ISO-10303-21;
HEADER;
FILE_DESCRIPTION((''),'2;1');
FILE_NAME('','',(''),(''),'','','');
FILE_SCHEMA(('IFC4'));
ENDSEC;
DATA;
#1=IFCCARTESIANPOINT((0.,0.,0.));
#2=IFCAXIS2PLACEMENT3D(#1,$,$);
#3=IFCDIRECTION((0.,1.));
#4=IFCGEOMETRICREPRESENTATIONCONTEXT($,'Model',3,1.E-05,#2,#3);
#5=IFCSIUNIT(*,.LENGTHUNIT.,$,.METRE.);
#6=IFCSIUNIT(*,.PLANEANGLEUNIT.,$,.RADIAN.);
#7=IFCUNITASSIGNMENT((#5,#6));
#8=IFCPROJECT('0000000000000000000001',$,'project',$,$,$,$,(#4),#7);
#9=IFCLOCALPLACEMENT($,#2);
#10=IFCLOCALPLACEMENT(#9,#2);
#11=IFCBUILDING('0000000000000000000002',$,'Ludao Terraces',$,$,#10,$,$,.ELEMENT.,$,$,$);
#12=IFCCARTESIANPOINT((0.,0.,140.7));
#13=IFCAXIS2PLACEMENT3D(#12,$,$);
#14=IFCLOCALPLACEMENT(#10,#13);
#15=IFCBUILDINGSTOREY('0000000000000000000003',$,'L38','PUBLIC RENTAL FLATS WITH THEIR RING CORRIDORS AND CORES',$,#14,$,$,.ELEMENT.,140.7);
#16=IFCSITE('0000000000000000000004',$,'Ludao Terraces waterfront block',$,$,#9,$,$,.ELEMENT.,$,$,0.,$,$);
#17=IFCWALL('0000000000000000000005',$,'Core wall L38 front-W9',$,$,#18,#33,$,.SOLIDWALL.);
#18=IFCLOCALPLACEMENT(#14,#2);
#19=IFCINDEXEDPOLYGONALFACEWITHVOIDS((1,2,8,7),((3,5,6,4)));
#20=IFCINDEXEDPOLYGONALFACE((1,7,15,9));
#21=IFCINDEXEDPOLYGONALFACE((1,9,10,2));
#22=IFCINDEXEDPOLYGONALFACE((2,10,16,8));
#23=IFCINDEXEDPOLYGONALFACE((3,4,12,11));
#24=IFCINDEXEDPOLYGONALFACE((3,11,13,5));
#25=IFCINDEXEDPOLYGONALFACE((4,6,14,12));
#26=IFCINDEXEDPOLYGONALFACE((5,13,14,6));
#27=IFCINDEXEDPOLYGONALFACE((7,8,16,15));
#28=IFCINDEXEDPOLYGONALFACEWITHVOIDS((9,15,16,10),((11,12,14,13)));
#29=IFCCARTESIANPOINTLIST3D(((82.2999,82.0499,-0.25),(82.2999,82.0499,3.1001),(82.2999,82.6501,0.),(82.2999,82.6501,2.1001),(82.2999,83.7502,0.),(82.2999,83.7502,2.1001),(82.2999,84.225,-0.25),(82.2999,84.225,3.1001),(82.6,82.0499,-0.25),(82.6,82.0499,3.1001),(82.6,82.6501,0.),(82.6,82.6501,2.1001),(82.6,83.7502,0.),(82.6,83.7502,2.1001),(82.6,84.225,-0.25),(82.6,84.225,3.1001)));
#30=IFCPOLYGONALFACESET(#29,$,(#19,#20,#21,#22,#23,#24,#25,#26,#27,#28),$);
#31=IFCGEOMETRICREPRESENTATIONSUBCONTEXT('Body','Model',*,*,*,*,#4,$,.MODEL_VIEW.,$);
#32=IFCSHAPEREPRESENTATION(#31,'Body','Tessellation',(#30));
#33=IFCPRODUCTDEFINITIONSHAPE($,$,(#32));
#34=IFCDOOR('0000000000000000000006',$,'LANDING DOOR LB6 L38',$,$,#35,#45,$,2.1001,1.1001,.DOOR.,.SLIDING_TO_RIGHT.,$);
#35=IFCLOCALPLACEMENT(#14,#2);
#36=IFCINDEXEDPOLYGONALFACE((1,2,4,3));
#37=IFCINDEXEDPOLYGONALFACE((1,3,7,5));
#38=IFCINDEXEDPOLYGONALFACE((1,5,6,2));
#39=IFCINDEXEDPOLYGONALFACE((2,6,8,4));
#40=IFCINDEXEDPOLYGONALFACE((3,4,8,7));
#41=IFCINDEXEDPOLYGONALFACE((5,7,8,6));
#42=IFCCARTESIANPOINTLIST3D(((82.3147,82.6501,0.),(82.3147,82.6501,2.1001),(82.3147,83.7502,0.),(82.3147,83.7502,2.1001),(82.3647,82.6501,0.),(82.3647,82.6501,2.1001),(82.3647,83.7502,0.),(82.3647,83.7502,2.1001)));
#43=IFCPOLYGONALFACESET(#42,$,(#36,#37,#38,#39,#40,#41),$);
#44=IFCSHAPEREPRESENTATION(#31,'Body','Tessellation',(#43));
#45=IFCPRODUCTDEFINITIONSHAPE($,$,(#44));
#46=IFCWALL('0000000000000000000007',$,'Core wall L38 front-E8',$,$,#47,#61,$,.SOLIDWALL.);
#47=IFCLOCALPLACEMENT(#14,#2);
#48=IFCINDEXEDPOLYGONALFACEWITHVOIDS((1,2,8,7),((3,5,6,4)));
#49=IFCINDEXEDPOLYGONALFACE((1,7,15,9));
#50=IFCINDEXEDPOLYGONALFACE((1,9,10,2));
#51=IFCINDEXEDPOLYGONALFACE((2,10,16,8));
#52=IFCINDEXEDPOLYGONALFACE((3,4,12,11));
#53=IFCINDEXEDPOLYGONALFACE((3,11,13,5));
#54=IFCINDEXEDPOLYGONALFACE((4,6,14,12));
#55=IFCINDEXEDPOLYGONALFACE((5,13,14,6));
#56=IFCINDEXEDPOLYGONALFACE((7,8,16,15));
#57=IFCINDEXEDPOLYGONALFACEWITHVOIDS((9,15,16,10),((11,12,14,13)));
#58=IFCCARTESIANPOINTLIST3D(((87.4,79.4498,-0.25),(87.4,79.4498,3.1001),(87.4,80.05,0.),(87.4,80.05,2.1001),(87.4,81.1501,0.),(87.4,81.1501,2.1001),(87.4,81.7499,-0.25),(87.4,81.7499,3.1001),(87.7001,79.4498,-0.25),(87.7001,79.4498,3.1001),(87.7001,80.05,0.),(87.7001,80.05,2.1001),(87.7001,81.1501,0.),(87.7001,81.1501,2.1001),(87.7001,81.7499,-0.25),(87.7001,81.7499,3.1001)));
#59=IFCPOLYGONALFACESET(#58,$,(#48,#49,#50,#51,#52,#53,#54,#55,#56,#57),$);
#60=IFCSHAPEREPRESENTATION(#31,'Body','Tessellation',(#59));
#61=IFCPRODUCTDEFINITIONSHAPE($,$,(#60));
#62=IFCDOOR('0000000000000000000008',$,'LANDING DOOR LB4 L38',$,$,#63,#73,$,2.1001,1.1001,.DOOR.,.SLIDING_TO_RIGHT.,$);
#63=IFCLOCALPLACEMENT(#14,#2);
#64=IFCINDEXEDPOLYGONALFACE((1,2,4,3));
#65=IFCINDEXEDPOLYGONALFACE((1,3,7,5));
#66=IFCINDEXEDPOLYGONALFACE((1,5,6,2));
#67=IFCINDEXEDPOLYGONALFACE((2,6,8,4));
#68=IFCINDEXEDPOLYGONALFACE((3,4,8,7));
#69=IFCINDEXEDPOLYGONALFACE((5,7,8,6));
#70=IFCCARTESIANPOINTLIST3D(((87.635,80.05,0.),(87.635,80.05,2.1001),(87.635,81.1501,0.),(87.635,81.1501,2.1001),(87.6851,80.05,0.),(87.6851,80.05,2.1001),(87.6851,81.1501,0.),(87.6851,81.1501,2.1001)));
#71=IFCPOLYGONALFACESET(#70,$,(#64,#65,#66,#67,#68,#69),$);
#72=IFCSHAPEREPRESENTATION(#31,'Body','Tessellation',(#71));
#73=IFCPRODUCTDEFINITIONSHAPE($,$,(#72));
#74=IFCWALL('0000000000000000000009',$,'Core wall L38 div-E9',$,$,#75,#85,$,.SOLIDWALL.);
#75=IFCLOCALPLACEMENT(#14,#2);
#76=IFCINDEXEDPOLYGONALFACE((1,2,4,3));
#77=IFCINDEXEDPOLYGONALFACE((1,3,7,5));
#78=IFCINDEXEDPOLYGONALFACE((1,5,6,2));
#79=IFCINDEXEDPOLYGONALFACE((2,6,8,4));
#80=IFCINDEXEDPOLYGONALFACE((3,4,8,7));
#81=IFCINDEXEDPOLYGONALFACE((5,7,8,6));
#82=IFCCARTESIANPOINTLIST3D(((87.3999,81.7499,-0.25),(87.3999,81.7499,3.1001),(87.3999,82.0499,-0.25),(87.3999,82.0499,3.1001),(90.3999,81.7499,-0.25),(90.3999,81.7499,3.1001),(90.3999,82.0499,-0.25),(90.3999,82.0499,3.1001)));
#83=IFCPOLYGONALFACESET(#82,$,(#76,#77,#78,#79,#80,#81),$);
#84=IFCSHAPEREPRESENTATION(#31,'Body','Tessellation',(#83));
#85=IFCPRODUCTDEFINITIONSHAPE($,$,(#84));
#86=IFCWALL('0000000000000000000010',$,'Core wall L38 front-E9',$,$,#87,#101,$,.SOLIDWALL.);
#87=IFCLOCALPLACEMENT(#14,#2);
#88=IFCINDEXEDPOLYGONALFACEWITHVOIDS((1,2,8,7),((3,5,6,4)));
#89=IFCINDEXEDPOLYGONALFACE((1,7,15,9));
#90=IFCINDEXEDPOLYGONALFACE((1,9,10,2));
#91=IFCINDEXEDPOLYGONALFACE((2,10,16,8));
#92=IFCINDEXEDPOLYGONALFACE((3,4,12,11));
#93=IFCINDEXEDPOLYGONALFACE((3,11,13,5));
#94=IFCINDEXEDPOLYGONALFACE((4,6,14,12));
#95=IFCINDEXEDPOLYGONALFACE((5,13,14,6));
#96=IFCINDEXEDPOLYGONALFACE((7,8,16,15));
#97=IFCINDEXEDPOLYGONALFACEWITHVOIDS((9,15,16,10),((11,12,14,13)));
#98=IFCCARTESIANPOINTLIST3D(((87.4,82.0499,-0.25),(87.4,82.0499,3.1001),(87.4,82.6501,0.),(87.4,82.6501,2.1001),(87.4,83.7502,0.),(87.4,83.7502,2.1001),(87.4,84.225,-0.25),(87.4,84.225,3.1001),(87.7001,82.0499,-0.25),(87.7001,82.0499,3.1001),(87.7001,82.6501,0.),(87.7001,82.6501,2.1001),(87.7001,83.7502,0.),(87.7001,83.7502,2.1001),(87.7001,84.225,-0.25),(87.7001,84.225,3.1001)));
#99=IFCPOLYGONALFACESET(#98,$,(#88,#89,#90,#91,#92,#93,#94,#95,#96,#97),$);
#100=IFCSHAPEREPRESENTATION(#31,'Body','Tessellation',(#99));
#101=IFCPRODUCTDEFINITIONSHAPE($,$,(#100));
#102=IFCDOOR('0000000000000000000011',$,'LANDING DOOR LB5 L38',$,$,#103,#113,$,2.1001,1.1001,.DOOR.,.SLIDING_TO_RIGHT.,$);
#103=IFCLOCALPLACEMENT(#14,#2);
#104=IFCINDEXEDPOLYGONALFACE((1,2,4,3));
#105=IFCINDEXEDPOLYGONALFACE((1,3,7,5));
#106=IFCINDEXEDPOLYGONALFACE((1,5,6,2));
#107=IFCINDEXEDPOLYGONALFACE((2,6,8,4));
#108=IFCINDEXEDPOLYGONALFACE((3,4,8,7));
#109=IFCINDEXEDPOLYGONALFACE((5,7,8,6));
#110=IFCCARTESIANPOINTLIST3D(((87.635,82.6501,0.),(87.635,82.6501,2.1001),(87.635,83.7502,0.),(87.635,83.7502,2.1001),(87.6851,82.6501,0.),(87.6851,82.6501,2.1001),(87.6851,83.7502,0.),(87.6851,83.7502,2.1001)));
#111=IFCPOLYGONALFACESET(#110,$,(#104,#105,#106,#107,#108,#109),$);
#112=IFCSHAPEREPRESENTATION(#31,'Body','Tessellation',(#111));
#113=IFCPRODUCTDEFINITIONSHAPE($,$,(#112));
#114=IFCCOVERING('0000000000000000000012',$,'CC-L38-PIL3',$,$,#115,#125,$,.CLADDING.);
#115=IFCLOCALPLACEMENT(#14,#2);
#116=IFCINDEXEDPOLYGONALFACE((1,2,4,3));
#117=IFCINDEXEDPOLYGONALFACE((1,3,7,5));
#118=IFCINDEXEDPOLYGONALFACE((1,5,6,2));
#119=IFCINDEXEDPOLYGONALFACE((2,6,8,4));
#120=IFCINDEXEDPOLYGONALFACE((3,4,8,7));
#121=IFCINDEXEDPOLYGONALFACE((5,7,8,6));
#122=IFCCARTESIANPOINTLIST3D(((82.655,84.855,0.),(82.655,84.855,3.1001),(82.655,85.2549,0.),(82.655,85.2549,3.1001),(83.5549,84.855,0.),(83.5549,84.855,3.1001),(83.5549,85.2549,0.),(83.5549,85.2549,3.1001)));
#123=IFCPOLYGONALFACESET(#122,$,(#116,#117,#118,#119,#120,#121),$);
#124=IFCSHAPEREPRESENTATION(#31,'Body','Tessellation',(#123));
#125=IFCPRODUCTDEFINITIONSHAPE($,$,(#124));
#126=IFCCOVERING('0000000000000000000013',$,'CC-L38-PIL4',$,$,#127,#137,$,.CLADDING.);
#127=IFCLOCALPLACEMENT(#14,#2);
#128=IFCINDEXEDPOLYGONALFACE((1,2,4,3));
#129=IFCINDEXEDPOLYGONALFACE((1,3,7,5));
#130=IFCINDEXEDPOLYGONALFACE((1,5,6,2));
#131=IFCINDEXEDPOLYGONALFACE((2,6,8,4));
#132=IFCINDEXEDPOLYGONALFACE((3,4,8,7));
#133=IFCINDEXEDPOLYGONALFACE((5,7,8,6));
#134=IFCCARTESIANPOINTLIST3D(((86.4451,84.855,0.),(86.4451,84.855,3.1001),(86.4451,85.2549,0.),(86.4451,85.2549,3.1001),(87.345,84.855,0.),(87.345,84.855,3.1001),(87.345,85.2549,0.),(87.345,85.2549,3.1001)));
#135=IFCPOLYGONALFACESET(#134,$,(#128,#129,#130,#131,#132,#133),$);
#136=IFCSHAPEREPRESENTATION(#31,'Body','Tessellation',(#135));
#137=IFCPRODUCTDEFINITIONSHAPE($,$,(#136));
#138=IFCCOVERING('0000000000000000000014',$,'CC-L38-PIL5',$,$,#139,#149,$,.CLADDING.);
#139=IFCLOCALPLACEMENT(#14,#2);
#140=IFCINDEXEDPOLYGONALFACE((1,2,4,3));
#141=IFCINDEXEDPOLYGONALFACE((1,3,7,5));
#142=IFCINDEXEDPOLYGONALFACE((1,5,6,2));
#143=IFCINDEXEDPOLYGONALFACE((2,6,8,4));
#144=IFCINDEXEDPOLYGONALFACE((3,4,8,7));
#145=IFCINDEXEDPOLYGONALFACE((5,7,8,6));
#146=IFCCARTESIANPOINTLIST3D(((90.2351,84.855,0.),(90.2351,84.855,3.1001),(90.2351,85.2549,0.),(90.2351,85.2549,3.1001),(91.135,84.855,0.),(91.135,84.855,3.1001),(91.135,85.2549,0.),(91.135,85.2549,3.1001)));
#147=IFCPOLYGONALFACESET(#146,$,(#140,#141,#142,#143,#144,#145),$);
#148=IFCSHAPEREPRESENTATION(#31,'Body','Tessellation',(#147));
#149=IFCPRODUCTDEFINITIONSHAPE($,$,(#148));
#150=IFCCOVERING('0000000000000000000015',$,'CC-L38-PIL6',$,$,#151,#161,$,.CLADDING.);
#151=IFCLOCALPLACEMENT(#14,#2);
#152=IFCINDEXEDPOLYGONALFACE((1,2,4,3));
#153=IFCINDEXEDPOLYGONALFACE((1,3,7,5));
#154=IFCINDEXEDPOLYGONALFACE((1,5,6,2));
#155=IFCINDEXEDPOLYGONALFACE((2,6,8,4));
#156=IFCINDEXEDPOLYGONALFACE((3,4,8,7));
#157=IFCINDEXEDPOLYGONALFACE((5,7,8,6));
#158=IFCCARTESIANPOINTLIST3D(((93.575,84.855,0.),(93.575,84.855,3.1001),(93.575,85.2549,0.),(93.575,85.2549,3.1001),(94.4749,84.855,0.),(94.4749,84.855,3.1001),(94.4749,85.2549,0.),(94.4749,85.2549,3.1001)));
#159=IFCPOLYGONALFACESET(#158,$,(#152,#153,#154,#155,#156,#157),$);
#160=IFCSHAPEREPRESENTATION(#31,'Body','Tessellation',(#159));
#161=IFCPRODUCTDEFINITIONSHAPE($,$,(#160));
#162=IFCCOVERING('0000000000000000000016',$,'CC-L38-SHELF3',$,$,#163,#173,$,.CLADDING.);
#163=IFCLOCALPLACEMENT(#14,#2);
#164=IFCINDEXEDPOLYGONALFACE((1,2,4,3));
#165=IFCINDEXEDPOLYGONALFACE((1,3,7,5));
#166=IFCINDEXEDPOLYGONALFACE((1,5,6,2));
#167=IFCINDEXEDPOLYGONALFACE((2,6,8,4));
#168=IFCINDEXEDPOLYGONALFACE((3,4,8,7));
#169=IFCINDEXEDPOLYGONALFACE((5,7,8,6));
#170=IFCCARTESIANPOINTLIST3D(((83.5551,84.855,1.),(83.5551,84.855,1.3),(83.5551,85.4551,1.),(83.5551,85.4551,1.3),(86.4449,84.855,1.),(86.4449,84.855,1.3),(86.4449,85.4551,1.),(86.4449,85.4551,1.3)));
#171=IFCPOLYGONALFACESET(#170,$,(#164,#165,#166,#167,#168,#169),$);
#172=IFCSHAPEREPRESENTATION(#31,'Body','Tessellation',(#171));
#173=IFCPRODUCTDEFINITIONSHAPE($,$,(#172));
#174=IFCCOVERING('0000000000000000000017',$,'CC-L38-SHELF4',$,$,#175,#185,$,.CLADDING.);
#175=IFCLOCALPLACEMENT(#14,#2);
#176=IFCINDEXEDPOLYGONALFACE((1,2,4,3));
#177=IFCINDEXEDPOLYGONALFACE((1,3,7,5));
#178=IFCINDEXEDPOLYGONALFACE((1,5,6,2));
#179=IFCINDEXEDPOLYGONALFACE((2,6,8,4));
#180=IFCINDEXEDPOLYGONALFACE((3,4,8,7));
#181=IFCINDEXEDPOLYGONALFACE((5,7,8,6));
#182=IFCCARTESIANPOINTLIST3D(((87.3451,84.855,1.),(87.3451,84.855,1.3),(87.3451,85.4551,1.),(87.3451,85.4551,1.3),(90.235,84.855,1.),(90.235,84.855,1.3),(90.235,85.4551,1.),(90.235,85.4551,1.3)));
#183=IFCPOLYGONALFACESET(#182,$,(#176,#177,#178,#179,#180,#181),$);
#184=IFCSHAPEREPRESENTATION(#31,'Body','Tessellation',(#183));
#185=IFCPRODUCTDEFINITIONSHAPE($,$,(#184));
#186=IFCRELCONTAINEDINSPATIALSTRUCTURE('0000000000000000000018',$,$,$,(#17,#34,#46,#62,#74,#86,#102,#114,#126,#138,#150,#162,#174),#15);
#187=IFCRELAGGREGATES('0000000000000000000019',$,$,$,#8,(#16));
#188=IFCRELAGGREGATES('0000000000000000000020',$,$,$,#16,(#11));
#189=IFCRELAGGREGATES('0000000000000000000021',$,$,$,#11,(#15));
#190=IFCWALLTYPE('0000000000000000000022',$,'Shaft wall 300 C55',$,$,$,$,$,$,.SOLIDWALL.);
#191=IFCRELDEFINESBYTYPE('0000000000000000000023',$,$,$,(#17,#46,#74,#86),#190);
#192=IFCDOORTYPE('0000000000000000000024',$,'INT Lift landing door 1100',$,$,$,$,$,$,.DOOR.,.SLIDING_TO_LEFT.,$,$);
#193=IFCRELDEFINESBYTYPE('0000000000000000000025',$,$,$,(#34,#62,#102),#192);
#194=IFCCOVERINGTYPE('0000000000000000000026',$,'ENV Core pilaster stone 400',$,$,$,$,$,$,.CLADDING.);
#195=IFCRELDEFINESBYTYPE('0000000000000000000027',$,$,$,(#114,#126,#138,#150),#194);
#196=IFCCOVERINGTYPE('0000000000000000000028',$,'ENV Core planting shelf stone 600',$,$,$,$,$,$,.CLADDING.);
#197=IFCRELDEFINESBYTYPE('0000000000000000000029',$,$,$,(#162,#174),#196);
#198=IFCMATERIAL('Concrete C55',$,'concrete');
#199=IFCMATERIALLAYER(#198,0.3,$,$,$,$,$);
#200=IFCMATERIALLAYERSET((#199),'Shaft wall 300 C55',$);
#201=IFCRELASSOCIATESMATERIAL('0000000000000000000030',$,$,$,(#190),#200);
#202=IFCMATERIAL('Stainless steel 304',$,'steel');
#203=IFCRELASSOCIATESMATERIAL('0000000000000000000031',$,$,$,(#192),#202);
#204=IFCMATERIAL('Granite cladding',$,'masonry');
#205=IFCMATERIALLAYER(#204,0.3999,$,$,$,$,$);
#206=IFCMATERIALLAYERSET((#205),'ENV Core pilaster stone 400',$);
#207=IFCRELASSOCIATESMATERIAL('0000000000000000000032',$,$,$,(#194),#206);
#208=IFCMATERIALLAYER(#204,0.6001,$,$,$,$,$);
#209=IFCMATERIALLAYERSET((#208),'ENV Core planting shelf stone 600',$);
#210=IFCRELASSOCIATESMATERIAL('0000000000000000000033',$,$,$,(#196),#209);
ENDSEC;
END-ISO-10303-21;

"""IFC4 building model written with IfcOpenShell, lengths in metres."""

from ifc_helpers import new_model, si_unit, direction, frame, frame_2d, origin, origin_2d, place, context, subcontext, project, spatial, rectangle, extrude, material, layer, layer_set, type_object, element, fill, save


model = new_model("IFC4")

# Units and contexts
model_context = context("Model", 3, precision=1e-05, world=origin(), true_north=direction((0.0, 1.0)))
body_context = subcontext(model_context, "Body", "Model", "MODEL_VIEW")
ifc_project = project(units=[si_unit("LENGTHUNIT", "METRE"), si_unit("PLANEANGLEUNIT", "RADIAN")], contexts=[model_context])

# Site, building, storey
site_placement = place(None, origin())
site = spatial("IfcSite", under=ifc_project, at=site_placement, Name="Ludao Terraces waterfront block", CompositionType="ELEMENT", RefElevation=0.0)
building_placement = place(site_placement, origin())
building = spatial("IfcBuilding", under=site, at=building_placement, Name="Ludao Terraces", CompositionType="ELEMENT")
storey_placement = place(building_placement, frame((0.0, 0.0, 140.7)))
storey = spatial("IfcBuildingStorey", under=building, at=storey_placement, Name="L38", Description="PUBLIC RENTAL FLATS WITH THEIR RING CORRIDORS AND CORES", CompositionType="ELEMENT", Elevation=140.7)

# Walls, openings, doors
ifc_material_1 = material(Name="Concrete C55", Category="concrete")
ifc_layer_1 = layer(ifc_material_1, 0.3)
ifc_layer_set_1 = layer_set([ifc_layer_1], Name="Shaft wall 300 C55")
wall_type = type_object("IfcWallType", Name="Shaft wall 300 C55", PredefinedType="SOLIDWALL", material=ifc_layer_set_1)
wall_1_placement = place(storey_placement, frame((82.45, 82.05, -0.25), z_axis=(0.0, 0.0, 1.0), x_axis=(0.0, 1.0, 0.0)))
wall_1 = element("IfcWall", 1, at=wall_1_placement, inside=storey, type_object=wall_type, Name="Core wall L38 front-W9", PredefinedType="SOLIDWALL", context=body_context, shape_type="SweptSolid", body=[
    extrude(rectangle(XDim=2.175, YDim=0.3, at=frame_2d((1.0874, 0.0))), origin(), (0.0, 0.0, 1.0), 3.3501),
])
opening_1_placement = place(wall_1_placement, frame((0.6001, 0.0, 0.25)))
opening_1 = element("IfcOpeningElement", 2, at=opening_1_placement, cuts=wall_1, PredefinedType="OPENING", context=body_context, shape_type="SweptSolid", body=[
    extrude(rectangle(XDim=1.1001, YDim=2.1001, at=frame_2d((0.55, 1.05))), frame((0.0, 0.1602, 0.0), z_axis=(0.0, -1.0, 0.0), x_axis=(1.0, 0.0, 0.0)), (0.0, 0.0, 1.0), 0.3201),
])
ifc_material_2 = material(Name="Stainless steel 304", Category="steel")
door_type = type_object("IfcDoorType", Name="INT Lift landing door 1100", OperationType="SLIDING_TO_LEFT", PredefinedType="DOOR", material=ifc_material_2)
door_1_placement = place(opening_1_placement, origin())
door_1 = element("IfcDoor", 3, at=door_1_placement, inside=storey, type_object=door_type, Name="LANDING DOOR LB6 L38", OperationType="SLIDING_TO_RIGHT", OverallHeight=2.1001, OverallWidth=1.1001, PredefinedType="DOOR", context=body_context, shape_type="SweptSolid", body=[
    extrude(rectangle(XDim=1.1001, YDim=2.1001, at=frame_2d((0.55, 1.05))), frame((0.0, 0.1353, 0.0), z_axis=(0.0, -1.0, 0.0), x_axis=(1.0, 0.0, 0.0)), (0.0, 0.0, 1.0), 0.05),
])
fill(opening_1, door_1)
wall_2_placement = place(storey_placement, frame((87.55, 79.45, -0.25), z_axis=(0.0, 0.0, 1.0), x_axis=(0.0, 1.0, 0.0)))
wall_2 = element("IfcWall", 4, at=wall_2_placement, inside=storey, type_object=wall_type, Name="Core wall L38 front-E8", PredefinedType="SOLIDWALL", context=body_context, shape_type="SweptSolid", body=[
    extrude(rectangle(XDim=2.3, YDim=0.3, at=frame_2d((1.1499, 0.0))), origin(), (0.0, 0.0, 1.0), 3.3501),
])
opening_2_placement = place(wall_2_placement, frame((0.6001, 0.0, 0.25)))
opening_2 = element("IfcOpeningElement", 5, at=opening_2_placement, cuts=wall_2, PredefinedType="OPENING", context=body_context, shape_type="SweptSolid", body=[
    extrude(rectangle(XDim=1.1001, YDim=2.1001, at=frame_2d((0.55, 1.05))), frame((0.0, 0.1602, 0.0), z_axis=(0.0, -1.0, 0.0), x_axis=(1.0, 0.0, 0.0)), (0.0, 0.0, 1.0), 0.3201),
])
door_2_placement = place(opening_2_placement, origin())
door_2 = element("IfcDoor", 6, at=door_2_placement, inside=storey, type_object=door_type, Name="LANDING DOOR LB4 L38", OperationType="SLIDING_TO_RIGHT", OverallHeight=2.1001, OverallWidth=1.1001, PredefinedType="DOOR", context=body_context, shape_type="SweptSolid", body=[
    extrude(rectangle(XDim=1.1001, YDim=2.1001, at=frame_2d((0.55, 1.05))), frame((0.0, -0.085, 0.0), z_axis=(0.0, -1.0, 0.0), x_axis=(1.0, 0.0, 0.0)), (0.0, 0.0, 1.0), 0.05),
])
fill(opening_2, door_2)

# Wall
wall_3_placement = place(storey_placement, frame((87.3999, 81.8999, -0.25), z_axis=(0.0, 0.0, 1.0), x_axis=(1.0, 0.0, 0.0)))
element("IfcWall", 7, at=wall_3_placement, inside=storey, type_object=wall_type, Name="Core wall L38 div-E9", PredefinedType="SOLIDWALL", context=body_context, shape_type="SweptSolid", body=[
    extrude(rectangle(XDim=3.0, YDim=0.3, at=frame_2d((1.5, 0.0))), origin(), (0.0, 0.0, 1.0), 3.3501),
])

# Wall, opening, door
wall_4_placement = place(storey_placement, frame((87.55, 82.05, -0.25), z_axis=(0.0, 0.0, 1.0), x_axis=(0.0, 1.0, 0.0)))
wall_4 = element("IfcWall", 8, at=wall_4_placement, inside=storey, type_object=wall_type, Name="Core wall L38 front-E9", PredefinedType="SOLIDWALL", context=body_context, shape_type="SweptSolid", body=[
    extrude(rectangle(XDim=2.175, YDim=0.3, at=frame_2d((1.0874, 0.0))), origin(), (0.0, 0.0, 1.0), 3.3501),
])
opening_3_placement = place(wall_4_placement, frame((0.6001, 0.0, 0.25)))
opening_3 = element("IfcOpeningElement", 9, at=opening_3_placement, cuts=wall_4, PredefinedType="OPENING", context=body_context, shape_type="SweptSolid", body=[
    extrude(rectangle(XDim=1.1001, YDim=2.1001, at=frame_2d((0.55, 1.05))), frame((0.0, 0.1602, 0.0), z_axis=(0.0, -1.0, 0.0), x_axis=(1.0, 0.0, 0.0)), (0.0, 0.0, 1.0), 0.3201),
])
door_3_placement = place(opening_3_placement, origin())
door_3 = element("IfcDoor", 10, at=door_3_placement, inside=storey, type_object=door_type, Name="LANDING DOOR LB5 L38", OperationType="SLIDING_TO_RIGHT", OverallHeight=2.1001, OverallWidth=1.1001, PredefinedType="DOOR", context=body_context, shape_type="SweptSolid", body=[
    extrude(rectangle(XDim=1.1001, YDim=2.1001, at=frame_2d((0.55, 1.05))), frame((0.0, -0.085, 0.0), z_axis=(0.0, -1.0, 0.0), x_axis=(1.0, 0.0, 0.0)), (0.0, 0.0, 1.0), 0.05),
])
fill(opening_3, door_3)

# Coverings
ifc_material_3 = material(Name="Granite cladding", Category="masonry")
ifc_layer_2 = layer(ifc_material_3, 0.3999)
ifc_layer_set_2 = layer_set([ifc_layer_2], Name="ENV Core pilaster stone 400")
covering_type_1 = type_object("IfcCoveringType", Name="ENV Core pilaster stone 400", PredefinedType="CLADDING", material=ifc_layer_set_2)
for number, where, z_axis, x_axis, name in (
    (11, (83.105, 85.0549, 0.0), (0.0, 0.0, 1.0), (1.0, 0.0, 0.0), "CC-L38-PIL3"),
    (12, (86.895, 85.0549, 0.0), (0.0, 0.0, 1.0), (1.0, 0.0, 0.0), "CC-L38-PIL4"),
    (13, (90.6851, 85.0549, 0.0), (0.0, 0.0, 1.0), (1.0, 0.0, 0.0), "CC-L38-PIL5"),
    (14, (94.0249, 85.0549, 0.0), (0.0, 0.0, 1.0), (1.0, 0.0, 0.0), "CC-L38-PIL6"),
):
    element("IfcCovering", number, at=place(storey_placement, frame(where, z_axis=z_axis, x_axis=x_axis)), inside=storey, type_object=covering_type_1, Name=name, PredefinedType="CLADDING", context=body_context, shape_type="SweptSolid", body=[
        extrude(rectangle(XDim=0.8999, YDim=0.3999, at=origin_2d()), origin(), (0.0, 0.0, 1.0), 3.1001),
    ])
ifc_layer_3 = layer(ifc_material_3, 0.6001)
ifc_layer_set_3 = layer_set([ifc_layer_3], Name="ENV Core planting shelf stone 600")
covering_type_2 = type_object("IfcCoveringType", Name="ENV Core planting shelf stone 600", PredefinedType="CLADDING", material=ifc_layer_set_3)
for number, where, z_axis, x_axis, name in (
    (15, (85.0, 85.155, 1.0), (0.0, 0.0, 1.0), (1.0, 0.0, 0.0), "CC-L38-SHELF3"),
    (16, (88.79, 85.155, 1.0), (0.0, 0.0, 1.0), (1.0, 0.0, 0.0), "CC-L38-SHELF4"),
):
    element("IfcCovering", number, at=place(storey_placement, frame(where, z_axis=z_axis, x_axis=x_axis)), inside=storey, type_object=covering_type_2, Name=name, PredefinedType="CLADDING", context=body_context, shape_type="SweptSolid", body=[
        extrude(rectangle(XDim=2.8899, YDim=0.6001, at=origin_2d()), origin(), (0.0, 0.0, 1.0), 0.3),
    ])

save(model, "model.ifc")
